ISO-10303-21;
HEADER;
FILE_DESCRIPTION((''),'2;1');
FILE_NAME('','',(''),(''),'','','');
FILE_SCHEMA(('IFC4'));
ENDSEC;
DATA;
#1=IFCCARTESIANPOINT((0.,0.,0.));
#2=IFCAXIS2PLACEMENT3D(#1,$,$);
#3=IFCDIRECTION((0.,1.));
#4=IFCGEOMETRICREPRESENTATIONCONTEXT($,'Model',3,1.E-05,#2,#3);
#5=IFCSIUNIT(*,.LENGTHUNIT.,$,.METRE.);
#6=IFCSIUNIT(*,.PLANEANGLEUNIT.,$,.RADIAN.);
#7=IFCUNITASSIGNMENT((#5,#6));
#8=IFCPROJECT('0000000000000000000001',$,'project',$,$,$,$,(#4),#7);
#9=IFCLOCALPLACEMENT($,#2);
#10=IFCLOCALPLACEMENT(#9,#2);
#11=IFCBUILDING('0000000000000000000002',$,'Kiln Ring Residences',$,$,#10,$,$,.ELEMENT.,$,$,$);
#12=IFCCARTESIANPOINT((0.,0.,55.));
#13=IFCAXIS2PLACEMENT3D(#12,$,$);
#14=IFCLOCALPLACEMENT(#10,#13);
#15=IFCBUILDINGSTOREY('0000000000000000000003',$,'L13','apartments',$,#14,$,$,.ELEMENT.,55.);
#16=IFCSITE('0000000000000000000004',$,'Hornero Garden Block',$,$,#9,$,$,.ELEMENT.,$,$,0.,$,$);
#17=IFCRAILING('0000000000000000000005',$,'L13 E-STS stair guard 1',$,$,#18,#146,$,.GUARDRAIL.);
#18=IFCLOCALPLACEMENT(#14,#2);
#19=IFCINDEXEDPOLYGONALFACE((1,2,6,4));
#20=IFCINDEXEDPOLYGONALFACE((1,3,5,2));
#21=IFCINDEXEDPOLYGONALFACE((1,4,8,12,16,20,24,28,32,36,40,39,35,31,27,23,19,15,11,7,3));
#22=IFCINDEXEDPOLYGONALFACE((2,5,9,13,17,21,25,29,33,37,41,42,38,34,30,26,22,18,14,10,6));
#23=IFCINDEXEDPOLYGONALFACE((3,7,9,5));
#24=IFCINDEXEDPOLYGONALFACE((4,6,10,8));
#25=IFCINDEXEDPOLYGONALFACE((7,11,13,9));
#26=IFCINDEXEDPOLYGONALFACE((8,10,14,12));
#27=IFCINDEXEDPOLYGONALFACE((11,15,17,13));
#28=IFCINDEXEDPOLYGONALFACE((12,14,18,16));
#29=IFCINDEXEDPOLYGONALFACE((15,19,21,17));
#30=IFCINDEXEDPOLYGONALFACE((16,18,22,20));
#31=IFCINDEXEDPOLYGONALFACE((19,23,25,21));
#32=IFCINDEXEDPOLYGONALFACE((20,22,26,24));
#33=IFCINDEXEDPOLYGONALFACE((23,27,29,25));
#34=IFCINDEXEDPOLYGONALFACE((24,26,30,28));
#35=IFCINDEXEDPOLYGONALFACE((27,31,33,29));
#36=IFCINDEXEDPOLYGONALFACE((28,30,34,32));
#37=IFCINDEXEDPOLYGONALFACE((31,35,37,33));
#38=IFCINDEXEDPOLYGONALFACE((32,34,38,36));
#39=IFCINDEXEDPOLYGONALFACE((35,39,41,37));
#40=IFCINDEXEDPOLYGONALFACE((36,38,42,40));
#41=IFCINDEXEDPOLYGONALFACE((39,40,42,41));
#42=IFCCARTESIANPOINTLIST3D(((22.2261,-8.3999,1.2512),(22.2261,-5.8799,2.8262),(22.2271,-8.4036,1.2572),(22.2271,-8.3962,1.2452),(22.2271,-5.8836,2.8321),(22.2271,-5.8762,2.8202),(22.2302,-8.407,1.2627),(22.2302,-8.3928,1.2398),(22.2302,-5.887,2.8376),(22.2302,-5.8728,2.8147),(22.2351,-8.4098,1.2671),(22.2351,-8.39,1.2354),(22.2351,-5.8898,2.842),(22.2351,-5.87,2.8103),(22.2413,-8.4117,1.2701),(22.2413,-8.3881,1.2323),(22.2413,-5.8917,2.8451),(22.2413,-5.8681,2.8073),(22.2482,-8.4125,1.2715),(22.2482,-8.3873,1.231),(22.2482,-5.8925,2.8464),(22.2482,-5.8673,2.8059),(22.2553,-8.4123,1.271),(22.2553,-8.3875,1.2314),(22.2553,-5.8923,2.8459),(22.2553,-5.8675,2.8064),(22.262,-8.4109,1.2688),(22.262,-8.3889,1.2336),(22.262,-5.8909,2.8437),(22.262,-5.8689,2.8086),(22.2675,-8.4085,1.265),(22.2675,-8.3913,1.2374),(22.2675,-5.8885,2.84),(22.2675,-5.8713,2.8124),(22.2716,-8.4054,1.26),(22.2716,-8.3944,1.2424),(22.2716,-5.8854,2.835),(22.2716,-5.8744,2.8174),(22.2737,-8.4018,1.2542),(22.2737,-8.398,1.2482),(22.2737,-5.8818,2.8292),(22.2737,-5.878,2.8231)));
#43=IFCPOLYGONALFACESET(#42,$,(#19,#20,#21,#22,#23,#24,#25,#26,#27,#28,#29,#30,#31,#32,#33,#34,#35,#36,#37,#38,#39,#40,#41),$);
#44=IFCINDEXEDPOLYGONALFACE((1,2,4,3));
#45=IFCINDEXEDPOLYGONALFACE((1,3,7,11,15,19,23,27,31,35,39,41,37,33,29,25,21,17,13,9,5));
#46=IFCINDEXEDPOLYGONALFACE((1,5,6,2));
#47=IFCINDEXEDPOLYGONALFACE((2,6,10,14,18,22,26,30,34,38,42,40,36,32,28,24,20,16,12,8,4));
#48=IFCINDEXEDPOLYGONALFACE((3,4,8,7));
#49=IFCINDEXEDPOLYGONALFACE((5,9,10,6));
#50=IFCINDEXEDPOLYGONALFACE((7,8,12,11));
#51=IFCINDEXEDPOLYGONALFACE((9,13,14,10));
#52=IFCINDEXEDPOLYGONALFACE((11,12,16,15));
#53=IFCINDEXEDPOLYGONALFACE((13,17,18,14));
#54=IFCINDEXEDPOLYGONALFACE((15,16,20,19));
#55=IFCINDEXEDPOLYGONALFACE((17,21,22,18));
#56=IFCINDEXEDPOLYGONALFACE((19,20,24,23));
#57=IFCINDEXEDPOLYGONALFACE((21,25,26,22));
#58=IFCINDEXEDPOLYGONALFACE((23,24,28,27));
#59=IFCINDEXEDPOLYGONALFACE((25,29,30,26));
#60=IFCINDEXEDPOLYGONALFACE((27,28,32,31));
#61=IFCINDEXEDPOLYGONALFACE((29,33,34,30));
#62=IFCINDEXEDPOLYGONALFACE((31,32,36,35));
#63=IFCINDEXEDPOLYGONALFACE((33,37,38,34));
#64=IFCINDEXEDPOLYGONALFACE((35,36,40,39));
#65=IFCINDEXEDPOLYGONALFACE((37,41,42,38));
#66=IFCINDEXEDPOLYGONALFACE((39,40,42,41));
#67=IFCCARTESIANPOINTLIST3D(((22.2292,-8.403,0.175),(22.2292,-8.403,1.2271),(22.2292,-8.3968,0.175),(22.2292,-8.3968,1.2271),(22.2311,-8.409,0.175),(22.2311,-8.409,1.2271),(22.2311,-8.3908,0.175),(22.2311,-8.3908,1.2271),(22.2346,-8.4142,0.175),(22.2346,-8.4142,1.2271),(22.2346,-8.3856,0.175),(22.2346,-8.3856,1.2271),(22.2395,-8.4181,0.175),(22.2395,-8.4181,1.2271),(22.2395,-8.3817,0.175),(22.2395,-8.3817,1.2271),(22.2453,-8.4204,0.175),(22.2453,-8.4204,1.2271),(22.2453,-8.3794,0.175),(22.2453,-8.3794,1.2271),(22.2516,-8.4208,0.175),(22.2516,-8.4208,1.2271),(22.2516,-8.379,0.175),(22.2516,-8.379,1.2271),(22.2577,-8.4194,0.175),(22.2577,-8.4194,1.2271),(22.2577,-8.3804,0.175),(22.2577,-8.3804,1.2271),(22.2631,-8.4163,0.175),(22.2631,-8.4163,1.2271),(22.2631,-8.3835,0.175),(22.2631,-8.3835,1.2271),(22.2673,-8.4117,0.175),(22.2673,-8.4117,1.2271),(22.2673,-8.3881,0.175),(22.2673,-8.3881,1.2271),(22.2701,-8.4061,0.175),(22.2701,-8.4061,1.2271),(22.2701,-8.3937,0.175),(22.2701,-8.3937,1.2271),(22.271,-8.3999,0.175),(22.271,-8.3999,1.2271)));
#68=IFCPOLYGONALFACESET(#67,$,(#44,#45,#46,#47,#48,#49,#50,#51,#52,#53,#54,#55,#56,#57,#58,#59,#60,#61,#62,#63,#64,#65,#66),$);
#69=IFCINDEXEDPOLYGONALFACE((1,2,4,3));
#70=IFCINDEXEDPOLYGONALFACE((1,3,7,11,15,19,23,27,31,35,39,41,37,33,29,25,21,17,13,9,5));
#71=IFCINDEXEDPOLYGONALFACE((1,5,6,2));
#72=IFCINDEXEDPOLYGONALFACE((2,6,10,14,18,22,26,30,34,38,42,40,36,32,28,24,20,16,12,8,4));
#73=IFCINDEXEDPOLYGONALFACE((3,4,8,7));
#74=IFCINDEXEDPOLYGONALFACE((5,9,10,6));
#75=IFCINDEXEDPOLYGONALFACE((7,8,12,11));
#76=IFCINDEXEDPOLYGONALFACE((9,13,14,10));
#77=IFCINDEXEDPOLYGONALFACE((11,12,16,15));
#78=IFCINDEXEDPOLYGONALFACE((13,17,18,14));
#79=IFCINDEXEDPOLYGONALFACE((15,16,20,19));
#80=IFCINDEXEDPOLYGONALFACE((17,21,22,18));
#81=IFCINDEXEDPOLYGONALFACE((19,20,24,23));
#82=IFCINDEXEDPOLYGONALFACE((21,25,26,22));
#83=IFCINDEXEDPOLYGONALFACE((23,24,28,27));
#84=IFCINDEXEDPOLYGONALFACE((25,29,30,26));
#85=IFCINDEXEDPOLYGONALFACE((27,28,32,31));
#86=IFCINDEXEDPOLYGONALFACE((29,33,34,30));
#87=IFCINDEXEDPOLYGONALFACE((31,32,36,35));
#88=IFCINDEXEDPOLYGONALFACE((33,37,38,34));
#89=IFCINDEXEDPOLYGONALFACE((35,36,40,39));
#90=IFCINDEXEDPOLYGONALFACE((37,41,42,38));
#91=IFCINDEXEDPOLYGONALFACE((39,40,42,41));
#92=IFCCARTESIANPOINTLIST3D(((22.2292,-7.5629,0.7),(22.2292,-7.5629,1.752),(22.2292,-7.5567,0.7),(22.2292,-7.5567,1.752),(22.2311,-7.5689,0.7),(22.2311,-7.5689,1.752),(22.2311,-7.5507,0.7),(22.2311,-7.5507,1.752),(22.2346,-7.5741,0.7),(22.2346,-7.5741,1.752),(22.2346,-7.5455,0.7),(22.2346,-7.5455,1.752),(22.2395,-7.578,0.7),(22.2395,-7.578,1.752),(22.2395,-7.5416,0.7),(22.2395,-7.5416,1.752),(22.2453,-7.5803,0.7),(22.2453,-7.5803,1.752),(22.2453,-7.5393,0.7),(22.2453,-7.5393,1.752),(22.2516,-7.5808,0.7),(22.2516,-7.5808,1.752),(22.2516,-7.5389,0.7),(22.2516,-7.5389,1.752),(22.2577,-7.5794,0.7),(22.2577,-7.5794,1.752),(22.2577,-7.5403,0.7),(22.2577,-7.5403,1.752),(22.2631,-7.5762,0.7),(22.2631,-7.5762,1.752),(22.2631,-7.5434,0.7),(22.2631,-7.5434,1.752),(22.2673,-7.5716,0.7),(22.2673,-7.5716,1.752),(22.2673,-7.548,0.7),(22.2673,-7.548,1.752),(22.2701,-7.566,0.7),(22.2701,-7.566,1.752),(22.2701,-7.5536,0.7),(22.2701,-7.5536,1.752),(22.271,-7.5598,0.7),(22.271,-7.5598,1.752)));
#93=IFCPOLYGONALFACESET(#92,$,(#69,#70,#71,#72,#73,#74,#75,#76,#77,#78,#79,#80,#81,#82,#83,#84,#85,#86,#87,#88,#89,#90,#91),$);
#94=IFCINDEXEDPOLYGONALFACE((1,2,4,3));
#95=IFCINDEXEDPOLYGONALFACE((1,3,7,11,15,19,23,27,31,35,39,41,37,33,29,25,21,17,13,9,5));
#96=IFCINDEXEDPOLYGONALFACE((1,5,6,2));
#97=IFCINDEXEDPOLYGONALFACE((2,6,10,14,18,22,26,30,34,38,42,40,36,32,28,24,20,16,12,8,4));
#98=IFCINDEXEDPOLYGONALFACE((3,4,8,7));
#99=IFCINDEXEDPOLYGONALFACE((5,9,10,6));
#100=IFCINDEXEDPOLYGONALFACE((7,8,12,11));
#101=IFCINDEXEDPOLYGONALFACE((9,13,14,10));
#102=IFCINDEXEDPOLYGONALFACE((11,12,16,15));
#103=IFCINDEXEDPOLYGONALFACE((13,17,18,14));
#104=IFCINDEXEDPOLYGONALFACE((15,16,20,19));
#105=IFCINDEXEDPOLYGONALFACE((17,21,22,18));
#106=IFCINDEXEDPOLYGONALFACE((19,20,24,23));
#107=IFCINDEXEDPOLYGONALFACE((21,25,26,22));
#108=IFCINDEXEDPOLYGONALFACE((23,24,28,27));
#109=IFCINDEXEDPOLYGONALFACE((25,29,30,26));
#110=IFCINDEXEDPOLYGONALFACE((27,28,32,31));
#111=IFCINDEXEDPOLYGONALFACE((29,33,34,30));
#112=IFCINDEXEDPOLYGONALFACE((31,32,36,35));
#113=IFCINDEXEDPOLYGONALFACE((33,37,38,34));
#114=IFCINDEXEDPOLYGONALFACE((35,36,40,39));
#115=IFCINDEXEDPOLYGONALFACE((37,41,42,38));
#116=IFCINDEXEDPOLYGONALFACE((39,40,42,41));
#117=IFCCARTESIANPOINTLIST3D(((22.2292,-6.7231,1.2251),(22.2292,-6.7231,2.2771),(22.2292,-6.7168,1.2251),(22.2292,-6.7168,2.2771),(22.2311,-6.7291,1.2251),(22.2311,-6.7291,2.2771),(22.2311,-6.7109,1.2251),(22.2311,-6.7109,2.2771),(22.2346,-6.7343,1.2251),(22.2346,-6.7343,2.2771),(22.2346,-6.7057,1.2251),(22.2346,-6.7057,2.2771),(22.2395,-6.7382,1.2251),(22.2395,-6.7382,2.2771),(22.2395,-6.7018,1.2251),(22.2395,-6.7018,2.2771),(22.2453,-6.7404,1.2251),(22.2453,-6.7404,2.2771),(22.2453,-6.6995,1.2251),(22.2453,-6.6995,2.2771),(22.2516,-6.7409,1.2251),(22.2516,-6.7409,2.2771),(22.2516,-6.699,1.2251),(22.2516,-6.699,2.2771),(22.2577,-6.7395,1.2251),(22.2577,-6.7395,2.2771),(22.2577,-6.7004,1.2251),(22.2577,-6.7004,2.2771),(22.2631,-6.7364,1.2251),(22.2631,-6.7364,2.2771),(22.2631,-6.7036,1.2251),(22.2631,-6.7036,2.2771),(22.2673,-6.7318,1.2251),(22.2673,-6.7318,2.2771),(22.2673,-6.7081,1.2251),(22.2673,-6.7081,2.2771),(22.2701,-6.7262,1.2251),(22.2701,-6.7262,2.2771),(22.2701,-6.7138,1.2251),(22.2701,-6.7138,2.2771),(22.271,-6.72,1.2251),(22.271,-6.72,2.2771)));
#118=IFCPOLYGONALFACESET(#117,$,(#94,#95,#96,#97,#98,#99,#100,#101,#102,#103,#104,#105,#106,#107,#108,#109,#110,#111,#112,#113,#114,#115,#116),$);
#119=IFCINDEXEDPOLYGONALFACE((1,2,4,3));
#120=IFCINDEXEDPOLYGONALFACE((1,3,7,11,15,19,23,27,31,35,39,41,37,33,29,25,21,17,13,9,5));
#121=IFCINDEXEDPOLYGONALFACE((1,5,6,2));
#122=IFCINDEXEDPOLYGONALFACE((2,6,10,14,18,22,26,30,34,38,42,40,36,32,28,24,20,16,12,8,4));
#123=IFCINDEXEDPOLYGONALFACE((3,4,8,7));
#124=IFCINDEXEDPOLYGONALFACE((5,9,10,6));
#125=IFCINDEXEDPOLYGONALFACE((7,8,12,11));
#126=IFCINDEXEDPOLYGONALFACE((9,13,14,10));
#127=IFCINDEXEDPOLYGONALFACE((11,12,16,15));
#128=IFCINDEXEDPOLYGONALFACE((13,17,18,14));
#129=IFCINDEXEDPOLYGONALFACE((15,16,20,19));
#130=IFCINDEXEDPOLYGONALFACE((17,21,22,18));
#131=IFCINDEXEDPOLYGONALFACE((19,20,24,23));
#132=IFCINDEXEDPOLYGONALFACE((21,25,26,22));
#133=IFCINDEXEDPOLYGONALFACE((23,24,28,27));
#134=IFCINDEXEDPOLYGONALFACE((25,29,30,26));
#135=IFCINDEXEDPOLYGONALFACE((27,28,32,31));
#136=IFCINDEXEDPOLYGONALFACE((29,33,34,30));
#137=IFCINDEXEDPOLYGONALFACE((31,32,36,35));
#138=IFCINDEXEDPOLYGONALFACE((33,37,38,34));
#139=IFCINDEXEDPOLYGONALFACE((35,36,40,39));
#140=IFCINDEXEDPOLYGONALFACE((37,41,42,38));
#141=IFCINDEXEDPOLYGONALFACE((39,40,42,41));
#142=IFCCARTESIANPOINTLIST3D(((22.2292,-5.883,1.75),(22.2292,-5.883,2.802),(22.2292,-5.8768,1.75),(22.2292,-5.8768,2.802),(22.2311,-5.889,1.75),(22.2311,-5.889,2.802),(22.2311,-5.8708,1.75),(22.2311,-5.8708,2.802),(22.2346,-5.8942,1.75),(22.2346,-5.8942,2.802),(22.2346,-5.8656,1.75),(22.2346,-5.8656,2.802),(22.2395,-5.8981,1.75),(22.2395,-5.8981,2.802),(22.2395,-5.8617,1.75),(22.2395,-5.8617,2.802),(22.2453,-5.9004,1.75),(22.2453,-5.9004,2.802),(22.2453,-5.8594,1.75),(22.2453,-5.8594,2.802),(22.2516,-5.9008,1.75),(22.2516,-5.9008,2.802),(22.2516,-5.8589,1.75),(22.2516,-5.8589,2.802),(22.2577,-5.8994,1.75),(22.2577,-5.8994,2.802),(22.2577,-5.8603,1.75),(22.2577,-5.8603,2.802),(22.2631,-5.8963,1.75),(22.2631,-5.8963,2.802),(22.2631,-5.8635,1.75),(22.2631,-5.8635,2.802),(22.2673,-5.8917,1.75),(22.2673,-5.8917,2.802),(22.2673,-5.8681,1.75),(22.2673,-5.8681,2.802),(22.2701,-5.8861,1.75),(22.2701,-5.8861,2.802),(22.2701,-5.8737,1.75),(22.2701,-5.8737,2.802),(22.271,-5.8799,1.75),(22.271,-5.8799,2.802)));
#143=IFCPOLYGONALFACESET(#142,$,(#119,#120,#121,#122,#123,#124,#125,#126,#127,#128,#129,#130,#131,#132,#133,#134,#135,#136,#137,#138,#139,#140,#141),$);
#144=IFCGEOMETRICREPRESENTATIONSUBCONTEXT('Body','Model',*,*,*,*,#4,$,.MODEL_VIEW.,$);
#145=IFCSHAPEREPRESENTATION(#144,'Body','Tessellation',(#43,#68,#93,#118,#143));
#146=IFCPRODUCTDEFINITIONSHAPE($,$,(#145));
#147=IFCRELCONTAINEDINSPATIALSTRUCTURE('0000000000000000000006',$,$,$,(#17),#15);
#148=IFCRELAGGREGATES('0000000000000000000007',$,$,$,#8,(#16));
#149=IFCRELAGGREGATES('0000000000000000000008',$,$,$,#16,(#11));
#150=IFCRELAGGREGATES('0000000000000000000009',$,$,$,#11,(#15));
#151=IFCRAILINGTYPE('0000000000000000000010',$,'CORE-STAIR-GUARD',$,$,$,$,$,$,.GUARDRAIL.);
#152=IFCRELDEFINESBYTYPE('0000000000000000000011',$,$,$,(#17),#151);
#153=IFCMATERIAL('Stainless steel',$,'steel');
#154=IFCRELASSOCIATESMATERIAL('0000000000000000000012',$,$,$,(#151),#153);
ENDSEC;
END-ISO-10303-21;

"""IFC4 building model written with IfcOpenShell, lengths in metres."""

from ifc_helpers import new_model, si_unit, direction, frame, origin, origin_2d, place, context, subcontext, project, spatial, circle, extrude, material, type_object, element, save


model = new_model("IFC4")

# Units and contexts
model_context = context("Model", 3, precision=1e-05, world=origin(), true_north=direction((0.0, 1.0)))
body_context = subcontext(model_context, "Body", "Model", "MODEL_VIEW")
ifc_project = project(units=[si_unit("LENGTHUNIT", "METRE"), si_unit("PLANEANGLEUNIT", "RADIAN")], contexts=[model_context])

# Site, building, storey
site_placement = place(None, origin())
site = spatial("IfcSite", under=ifc_project, at=site_placement, Name="Hornero Garden Block", CompositionType="ELEMENT", RefElevation=0.0)
building_placement = place(site_placement, origin())
building = spatial("IfcBuilding", under=site, at=building_placement, Name="Kiln Ring Residences", CompositionType="ELEMENT")
storey_placement = place(building_placement, frame((0.0, 0.0, 55.0)))
storey = spatial("IfcBuildingStorey", under=building, at=storey_placement, Name="L13", Description="apartments", CompositionType="ELEMENT", Elevation=55.0)

# Railing
ifc_material_1 = material(Name="Stainless steel", Category="steel")
railing_type_1 = type_object("IfcRailingType", Name="CORE-STAIR-GUARD", PredefinedType="GUARDRAIL", material=ifc_material_1)
railing_1_placement = place(storey_placement, frame((22.25, -8.3999, 0.175)))
element("IfcRailing", 1, at=railing_1_placement, inside=storey, type_object=railing_type_1, Name="L13 E-STS stair guard 1", PredefinedType="GUARDRAIL", context=body_context, shape_type="SweptSolid", body=[
    extrude(circle(Radius=0.0239, at=origin_2d()), frame((0.0, 0.0, 1.0762), z_axis=(0.0, 0.848008, 0.529984), x_axis=(-1.0, 0.0, 0.0)), (0.0, 0.0, 1.0), 2.9717),
    extrude(circle(Radius=0.021, at=origin_2d()), origin(), (0.0, 0.0, 1.0), 1.052),
    extrude(circle(Radius=0.021, at=origin_2d()), frame((0.0, 0.8401, 0.5249)), (0.0, 0.0, 1.0), 1.052),
    extrude(circle(Radius=0.021, at=origin_2d()), frame((0.0, 1.6799, 1.05)), (0.0, 0.0, 1.0), 1.052),
    extrude(circle(Radius=0.021, at=origin_2d()), frame((0.0, 2.52, 1.575)), (0.0, 0.0, 1.0), 1.052),
])

save(model, "model.ifc")
